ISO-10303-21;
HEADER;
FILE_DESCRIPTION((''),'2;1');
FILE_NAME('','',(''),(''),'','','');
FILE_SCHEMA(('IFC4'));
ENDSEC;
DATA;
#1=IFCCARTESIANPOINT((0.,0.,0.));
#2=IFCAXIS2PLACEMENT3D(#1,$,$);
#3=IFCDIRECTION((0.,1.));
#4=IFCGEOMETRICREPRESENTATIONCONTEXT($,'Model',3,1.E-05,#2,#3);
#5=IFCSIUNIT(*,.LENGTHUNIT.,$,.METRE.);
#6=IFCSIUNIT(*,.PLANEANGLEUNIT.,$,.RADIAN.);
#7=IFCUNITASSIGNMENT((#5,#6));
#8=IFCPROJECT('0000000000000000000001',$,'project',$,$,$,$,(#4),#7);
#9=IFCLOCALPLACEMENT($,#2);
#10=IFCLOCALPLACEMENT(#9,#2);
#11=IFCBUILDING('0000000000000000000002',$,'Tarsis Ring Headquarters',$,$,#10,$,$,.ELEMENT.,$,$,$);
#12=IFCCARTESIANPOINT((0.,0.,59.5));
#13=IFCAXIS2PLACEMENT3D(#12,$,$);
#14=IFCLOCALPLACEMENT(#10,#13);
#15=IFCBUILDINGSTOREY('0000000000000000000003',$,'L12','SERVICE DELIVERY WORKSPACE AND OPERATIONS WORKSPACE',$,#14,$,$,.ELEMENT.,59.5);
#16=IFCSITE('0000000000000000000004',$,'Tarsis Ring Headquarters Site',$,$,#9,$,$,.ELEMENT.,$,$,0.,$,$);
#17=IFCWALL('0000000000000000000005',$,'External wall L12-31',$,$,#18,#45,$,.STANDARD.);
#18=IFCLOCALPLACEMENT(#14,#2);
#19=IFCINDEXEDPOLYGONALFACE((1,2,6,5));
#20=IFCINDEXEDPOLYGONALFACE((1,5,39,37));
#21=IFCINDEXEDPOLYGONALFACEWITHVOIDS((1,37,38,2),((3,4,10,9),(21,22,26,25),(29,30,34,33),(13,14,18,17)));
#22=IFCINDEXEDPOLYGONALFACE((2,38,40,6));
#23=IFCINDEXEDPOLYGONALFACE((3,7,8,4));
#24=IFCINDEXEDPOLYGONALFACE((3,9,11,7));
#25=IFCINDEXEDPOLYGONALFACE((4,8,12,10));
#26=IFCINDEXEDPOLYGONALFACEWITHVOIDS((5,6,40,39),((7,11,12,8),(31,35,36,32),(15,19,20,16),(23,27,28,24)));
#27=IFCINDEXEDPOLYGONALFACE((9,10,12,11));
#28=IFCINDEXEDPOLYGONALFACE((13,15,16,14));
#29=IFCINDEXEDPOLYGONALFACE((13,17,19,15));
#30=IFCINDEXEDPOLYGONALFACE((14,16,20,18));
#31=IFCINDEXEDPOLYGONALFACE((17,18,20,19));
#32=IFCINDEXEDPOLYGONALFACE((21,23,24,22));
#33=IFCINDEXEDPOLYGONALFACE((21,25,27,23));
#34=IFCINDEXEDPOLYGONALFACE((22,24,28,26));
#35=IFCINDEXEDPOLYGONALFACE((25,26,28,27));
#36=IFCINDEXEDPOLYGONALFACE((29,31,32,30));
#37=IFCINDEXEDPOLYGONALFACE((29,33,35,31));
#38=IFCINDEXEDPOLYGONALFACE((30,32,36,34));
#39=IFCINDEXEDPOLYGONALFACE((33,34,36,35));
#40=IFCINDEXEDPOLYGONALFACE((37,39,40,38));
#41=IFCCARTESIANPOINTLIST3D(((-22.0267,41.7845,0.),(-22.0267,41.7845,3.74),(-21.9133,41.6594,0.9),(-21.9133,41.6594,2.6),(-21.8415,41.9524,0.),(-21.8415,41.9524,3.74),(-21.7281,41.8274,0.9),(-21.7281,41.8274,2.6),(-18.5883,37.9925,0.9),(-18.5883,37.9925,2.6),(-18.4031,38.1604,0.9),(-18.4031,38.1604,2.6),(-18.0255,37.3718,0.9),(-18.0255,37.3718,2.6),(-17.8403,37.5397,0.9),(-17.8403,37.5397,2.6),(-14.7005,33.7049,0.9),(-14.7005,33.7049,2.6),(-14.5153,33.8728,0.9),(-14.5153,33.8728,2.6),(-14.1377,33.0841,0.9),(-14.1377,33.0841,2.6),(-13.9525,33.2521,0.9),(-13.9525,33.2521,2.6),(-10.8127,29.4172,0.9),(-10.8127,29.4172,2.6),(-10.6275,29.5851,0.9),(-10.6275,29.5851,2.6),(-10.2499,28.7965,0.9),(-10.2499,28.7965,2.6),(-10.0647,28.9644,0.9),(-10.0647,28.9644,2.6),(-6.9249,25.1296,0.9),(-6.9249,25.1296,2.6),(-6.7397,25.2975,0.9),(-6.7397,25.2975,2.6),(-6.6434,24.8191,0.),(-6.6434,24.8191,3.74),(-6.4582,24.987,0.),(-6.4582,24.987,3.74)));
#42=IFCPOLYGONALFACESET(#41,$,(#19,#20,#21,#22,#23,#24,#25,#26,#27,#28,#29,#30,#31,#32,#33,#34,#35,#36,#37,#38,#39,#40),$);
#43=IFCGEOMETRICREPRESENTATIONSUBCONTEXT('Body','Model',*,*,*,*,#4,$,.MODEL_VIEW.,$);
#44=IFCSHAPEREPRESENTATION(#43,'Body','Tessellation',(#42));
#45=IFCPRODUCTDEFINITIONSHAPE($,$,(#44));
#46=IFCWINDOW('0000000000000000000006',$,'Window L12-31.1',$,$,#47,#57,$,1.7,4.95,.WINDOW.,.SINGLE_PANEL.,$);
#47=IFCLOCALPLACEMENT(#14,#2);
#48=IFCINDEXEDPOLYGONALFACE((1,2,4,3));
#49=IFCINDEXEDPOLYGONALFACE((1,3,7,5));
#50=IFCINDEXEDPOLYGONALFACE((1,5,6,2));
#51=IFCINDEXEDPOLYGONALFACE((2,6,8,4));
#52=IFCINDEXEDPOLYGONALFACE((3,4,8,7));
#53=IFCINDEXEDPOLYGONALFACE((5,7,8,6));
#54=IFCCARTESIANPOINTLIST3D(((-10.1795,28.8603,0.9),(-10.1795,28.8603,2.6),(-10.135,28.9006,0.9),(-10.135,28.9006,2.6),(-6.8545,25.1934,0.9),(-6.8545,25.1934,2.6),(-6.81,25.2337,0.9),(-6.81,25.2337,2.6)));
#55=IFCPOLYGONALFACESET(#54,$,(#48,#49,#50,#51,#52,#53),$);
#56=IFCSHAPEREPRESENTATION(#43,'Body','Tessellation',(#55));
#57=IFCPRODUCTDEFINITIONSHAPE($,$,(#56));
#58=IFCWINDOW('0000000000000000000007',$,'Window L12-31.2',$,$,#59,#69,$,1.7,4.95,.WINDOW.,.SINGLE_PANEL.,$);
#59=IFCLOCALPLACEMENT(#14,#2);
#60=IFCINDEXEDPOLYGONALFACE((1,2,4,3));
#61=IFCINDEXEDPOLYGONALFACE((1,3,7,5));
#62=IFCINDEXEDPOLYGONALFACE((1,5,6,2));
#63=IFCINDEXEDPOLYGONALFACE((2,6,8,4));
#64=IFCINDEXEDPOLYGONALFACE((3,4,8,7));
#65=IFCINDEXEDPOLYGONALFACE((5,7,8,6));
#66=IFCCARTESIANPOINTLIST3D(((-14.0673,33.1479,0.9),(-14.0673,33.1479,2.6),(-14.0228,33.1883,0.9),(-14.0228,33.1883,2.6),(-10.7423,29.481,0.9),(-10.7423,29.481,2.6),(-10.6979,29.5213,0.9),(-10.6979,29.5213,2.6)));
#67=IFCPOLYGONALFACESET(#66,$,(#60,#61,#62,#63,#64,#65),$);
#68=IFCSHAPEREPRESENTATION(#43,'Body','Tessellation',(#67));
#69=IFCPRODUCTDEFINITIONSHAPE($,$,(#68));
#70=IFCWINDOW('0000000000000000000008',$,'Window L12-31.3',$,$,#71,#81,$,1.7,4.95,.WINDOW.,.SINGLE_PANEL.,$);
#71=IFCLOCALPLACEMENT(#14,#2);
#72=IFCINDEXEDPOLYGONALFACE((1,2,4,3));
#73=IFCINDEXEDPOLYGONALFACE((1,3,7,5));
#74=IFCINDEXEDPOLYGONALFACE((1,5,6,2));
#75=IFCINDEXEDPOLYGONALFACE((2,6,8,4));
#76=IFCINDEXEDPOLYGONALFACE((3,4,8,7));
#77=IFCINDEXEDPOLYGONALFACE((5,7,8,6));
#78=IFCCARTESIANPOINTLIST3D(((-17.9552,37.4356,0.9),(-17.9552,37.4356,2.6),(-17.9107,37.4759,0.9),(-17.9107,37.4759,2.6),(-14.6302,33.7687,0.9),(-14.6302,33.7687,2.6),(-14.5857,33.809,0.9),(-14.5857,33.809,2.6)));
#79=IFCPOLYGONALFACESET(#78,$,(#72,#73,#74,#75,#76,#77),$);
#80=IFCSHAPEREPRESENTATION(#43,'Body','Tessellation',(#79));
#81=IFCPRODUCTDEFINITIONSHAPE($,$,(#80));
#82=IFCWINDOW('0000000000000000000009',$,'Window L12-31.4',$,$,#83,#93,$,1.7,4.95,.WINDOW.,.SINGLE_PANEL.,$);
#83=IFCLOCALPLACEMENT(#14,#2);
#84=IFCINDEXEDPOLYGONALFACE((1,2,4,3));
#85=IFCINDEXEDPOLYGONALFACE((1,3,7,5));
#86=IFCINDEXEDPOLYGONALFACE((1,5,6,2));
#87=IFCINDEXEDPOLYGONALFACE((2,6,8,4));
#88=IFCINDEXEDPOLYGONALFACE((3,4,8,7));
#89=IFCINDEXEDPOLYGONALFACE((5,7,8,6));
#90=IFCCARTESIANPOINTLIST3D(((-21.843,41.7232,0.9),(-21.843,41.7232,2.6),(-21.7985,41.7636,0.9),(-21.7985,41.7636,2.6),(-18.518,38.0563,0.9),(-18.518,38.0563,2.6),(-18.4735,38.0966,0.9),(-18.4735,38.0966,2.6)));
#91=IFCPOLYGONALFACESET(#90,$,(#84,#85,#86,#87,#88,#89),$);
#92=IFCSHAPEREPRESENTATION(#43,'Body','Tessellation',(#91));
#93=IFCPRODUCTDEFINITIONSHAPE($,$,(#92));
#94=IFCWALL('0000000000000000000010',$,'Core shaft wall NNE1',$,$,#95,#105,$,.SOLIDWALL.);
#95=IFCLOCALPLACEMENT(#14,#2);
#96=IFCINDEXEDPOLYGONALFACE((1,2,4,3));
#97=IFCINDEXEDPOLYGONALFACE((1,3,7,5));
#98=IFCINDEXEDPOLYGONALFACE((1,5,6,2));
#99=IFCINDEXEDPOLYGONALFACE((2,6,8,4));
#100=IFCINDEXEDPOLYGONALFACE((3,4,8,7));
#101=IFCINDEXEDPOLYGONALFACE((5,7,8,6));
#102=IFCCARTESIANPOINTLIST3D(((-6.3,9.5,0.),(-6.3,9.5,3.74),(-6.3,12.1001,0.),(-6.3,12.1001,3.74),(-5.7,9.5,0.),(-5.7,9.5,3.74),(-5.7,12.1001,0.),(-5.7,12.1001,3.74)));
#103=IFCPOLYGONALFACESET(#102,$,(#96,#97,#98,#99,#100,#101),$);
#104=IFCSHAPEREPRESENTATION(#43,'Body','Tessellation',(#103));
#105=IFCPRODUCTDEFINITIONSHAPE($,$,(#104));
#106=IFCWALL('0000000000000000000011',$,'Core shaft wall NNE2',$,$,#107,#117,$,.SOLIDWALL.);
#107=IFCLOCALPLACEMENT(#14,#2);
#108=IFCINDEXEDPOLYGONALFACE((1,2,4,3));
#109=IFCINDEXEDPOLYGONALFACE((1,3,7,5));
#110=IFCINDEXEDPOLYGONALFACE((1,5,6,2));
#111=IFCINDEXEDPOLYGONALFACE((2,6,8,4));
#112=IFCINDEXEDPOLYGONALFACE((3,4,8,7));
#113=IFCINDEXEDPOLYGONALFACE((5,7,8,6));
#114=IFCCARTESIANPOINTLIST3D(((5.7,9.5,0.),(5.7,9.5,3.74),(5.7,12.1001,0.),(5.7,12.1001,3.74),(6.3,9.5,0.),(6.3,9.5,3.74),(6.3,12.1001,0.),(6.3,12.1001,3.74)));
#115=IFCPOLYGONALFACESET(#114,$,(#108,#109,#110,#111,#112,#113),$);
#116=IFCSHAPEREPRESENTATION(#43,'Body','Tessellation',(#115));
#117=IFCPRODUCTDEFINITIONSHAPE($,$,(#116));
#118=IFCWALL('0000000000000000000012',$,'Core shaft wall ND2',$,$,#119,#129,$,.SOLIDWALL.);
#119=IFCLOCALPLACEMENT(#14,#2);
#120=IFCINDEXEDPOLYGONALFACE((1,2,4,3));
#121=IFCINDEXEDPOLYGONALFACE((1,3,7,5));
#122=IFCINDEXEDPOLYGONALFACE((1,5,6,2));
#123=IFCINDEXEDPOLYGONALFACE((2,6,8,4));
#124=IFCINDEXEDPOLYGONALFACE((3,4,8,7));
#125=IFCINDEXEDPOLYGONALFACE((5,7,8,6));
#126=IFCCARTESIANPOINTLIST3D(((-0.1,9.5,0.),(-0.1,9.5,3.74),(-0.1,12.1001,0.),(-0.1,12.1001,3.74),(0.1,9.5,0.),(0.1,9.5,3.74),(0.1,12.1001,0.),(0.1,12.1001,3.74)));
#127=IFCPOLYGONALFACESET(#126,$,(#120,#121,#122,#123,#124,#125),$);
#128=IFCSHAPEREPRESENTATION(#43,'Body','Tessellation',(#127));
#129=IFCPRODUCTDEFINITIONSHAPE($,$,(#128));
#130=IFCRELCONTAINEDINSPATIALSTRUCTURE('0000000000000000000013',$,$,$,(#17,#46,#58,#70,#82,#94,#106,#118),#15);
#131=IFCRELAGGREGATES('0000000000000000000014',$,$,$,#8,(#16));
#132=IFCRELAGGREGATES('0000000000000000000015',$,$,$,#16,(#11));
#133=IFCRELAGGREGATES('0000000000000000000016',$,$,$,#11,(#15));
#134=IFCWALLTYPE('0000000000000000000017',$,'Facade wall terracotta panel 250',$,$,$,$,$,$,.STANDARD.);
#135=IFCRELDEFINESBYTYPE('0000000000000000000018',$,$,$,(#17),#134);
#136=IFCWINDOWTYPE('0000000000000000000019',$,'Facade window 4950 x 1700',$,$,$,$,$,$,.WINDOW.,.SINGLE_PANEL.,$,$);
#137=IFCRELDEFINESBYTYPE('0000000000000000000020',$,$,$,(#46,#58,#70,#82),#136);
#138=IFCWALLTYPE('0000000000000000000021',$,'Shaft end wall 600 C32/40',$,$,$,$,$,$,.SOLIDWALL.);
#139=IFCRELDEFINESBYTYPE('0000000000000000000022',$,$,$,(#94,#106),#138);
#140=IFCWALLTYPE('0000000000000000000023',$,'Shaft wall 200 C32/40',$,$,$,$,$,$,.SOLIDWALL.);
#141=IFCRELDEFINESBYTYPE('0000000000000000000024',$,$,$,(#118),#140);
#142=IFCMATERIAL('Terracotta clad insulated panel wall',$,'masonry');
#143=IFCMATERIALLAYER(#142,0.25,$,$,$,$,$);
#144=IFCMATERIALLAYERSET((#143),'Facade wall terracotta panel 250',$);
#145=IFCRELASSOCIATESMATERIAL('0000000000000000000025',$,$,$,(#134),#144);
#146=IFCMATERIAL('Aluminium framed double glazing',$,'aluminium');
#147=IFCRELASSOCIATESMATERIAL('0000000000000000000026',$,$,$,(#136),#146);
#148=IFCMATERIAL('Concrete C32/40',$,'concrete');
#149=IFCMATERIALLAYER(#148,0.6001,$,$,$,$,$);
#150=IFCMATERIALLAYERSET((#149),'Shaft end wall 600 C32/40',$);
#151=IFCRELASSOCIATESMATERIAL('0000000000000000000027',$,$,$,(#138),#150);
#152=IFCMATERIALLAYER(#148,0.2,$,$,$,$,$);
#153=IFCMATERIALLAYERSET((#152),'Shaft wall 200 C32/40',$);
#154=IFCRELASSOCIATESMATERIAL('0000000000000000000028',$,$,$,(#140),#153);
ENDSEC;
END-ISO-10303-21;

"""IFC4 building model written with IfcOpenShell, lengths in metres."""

from ifc_helpers import new_model, si_unit, direction, frame, frame_2d, origin, place, context, subcontext, project, spatial, rectangle, extrude, material, layer, layer_set, type_object, element, fill, save


model = new_model("IFC4")

# Units and contexts
model_context = context("Model", 3, precision=1e-05, world=origin(), true_north=direction((0.0, 1.0)))
body_context = subcontext(model_context, "Body", "Model", "MODEL_VIEW")
ifc_project = project(units=[si_unit("LENGTHUNIT", "METRE"), si_unit("PLANEANGLEUNIT", "RADIAN")], contexts=[model_context])

# Site, building, storey
site_placement = place(None, origin())
site = spatial("IfcSite", under=ifc_project, at=site_placement, Name="Tarsis Ring Headquarters Site", CompositionType="ELEMENT", RefElevation=0.0)
building_placement = place(site_placement, origin())
building = spatial("IfcBuilding", under=site, at=building_placement, Name="Tarsis Ring Headquarters", CompositionType="ELEMENT")
storey_placement = place(building_placement, frame((0.0, 0.0, 59.5)))
storey = spatial("IfcBuildingStorey", under=building, at=storey_placement, Name="L12", Description="SERVICE DELIVERY WORKSPACE AND OPERATIONS WORKSPACE", CompositionType="ELEMENT", Elevation=59.5)

# Shared definitions
ifc_material_1 = material(Name="Terracotta clad insulated panel wall", Category="masonry")
ifc_layer_1 = layer(ifc_material_1, 0.25)
ifc_layer_set_1 = layer_set([ifc_layer_1], Name="Facade wall terracotta panel 250")
wall_type_1 = type_object("IfcWallType", Name="Facade wall terracotta panel 250", PredefinedType="STANDARD", material=ifc_layer_set_1)
ifc_material_2 = material(Name="Aluminium framed double glazing", Category="aluminium")

# Wall, openings, windows
wall_1_placement = place(storey_placement, frame((-6.5508, 24.9031, 0.0), z_axis=(0.0, 0.0, 1.0), x_axis=(-0.671722, 0.740803, 0.0)))
wall_1 = element("IfcWall", 1, at=wall_1_placement, inside=storey, type_object=wall_type_1, Name="External wall L12-31", PredefinedType="STANDARD", context=body_context, shape_type="SweptSolid", body=[
    extrude(rectangle(XDim=22.9014, YDim=0.25, at=frame_2d((11.4507, 0.0))), origin(), (0.0, 0.0, 1.0), 3.74),
])
opening_1_placement = place(wall_1_placement, frame((0.4189, 0.0, 0.8999)))
opening_1 = element("IfcOpeningElement", 2, at=opening_1_placement, cuts=wall_1, PredefinedType="OPENING", context=body_context, shape_type="SweptSolid", body=[
    extrude(rectangle(XDim=4.95, YDim=1.7, at=frame_2d((2.4751, 0.8501))), frame((0.0, 0.135, 0.0), z_axis=(0.0, -1.0, 0.0), x_axis=(1.0, 0.0, 0.0)), (0.0, 0.0, 1.0), 0.27),
])
opening_2_placement = place(wall_1_placement, frame((6.2068, 0.0, 0.8999)))
opening_2 = element("IfcOpeningElement", 3, at=opening_2_placement, cuts=wall_1, PredefinedType="OPENING", context=body_context, shape_type="SweptSolid", body=[
    extrude(rectangle(XDim=4.95, YDim=1.7, at=frame_2d((2.4751, 0.8501))), frame((0.0, 0.135, 0.0), z_axis=(0.0, -1.0, 0.0), x_axis=(1.0, 0.0, 0.0)), (0.0, 0.0, 1.0), 0.27),
])
opening_3_placement = place(wall_1_placement, frame((11.9946, 0.0, 0.8999)))
opening_3 = element("IfcOpeningElement", 4, at=opening_3_placement, cuts=wall_1, PredefinedType="OPENING", context=body_context, shape_type="SweptSolid", body=[
    extrude(rectangle(XDim=4.95, YDim=1.7, at=frame_2d((2.4751, 0.8501))), frame((0.0, 0.135, 0.0), z_axis=(0.0, -1.0, 0.0), x_axis=(1.0, 0.0, 0.0)), (0.0, 0.0, 1.0), 0.27),
])
opening_4_placement = place(wall_1_placement, frame((17.7825, 0.0, 0.8999)))
opening_4 = element("IfcOpeningElement", 5, at=opening_4_placement, cuts=wall_1, PredefinedType="OPENING", context=body_context, shape_type="SweptSolid", body=[
    extrude(rectangle(XDim=4.95, YDim=1.7, at=frame_2d((2.4751, 0.8501))), frame((0.0, 0.135, 0.0), z_axis=(0.0, -1.0, 0.0), x_axis=(1.0, 0.0, 0.0)), (0.0, 0.0, 1.0), 0.27),
])
window_type_1 = type_object("IfcWindowType", Name="Facade window 4950 x 1700", PartitioningType="SINGLE_PANEL", PredefinedType="WINDOW", material=ifc_material_2)
window_1_placement = place(opening_1_placement, origin())
window_1 = element("IfcWindow", 6, at=window_1_placement, inside=storey, type_object=window_type_1, Name="Window L12-31.1", OverallHeight=1.7, OverallWidth=4.95, PartitioningType="SINGLE_PANEL", PredefinedType="WINDOW", context=body_context, shape_type="SweptSolid", body=[
    extrude(rectangle(XDim=4.95, YDim=1.7, at=frame_2d((2.4751, 0.8501))), frame((0.0, 0.03, 0.0), z_axis=(0.0, -1.0, 0.0), x_axis=(1.0, 0.0, 0.0)), (0.0, 0.0, 1.0), 0.0601),
])
fill(opening_1, window_1)
window_2_placement = place(opening_2_placement, origin())
window_2 = element("IfcWindow", 7, at=window_2_placement, inside=storey, type_object=window_type_1, Name="Window L12-31.2", OverallHeight=1.7, OverallWidth=4.95, PartitioningType="SINGLE_PANEL", PredefinedType="WINDOW", context=body_context, shape_type="SweptSolid", body=[
    extrude(rectangle(XDim=4.95, YDim=1.7, at=frame_2d((2.4751, 0.8501))), frame((0.0, 0.03, 0.0), z_axis=(0.0, -1.0, 0.0), x_axis=(1.0, 0.0, 0.0)), (0.0, 0.0, 1.0), 0.0601),
])
fill(opening_2, window_2)
window_3_placement = place(opening_3_placement, origin())
window_3 = element("IfcWindow", 8, at=window_3_placement, inside=storey, type_object=window_type_1, Name="Window L12-31.3", OverallHeight=1.7, OverallWidth=4.95, PartitioningType="SINGLE_PANEL", PredefinedType="WINDOW", context=body_context, shape_type="SweptSolid", body=[
    extrude(rectangle(XDim=4.95, YDim=1.7, at=frame_2d((2.4751, 0.8501))), frame((0.0, 0.03, 0.0), z_axis=(0.0, -1.0, 0.0), x_axis=(1.0, 0.0, 0.0)), (0.0, 0.0, 1.0), 0.0601),
])
fill(opening_3, window_3)
window_4_placement = place(opening_4_placement, origin())
window_4 = element("IfcWindow", 9, at=window_4_placement, inside=storey, type_object=window_type_1, Name="Window L12-31.4", OverallHeight=1.7, OverallWidth=4.95, PartitioningType="SINGLE_PANEL", PredefinedType="WINDOW", context=body_context, shape_type="SweptSolid", body=[
    extrude(rectangle(XDim=4.95, YDim=1.7, at=frame_2d((2.4751, 0.8501))), frame((0.0, 0.03, 0.0), z_axis=(0.0, -1.0, 0.0), x_axis=(1.0, 0.0, 0.0)), (0.0, 0.0, 1.0), 0.0601),
])
fill(opening_4, window_4)

# Walls
ifc_material_3 = material(Name="Concrete C32/40", Category="concrete")
ifc_layer_2 = layer(ifc_material_3, 0.6001)
ifc_layer_set_2 = layer_set([ifc_layer_2], Name="Shaft end wall 600 C32/40")
wall_type_2 = type_object("IfcWallType", Name="Shaft end wall 600 C32/40", PredefinedType="SOLIDWALL", material=ifc_layer_set_2)
for number, where, z_axis, x_axis, name in (
    (10, (-6.0, 9.5, 0.0), (0.0, 0.0, 1.0), (0.0, 1.0, 0.0), "Core shaft wall NNE1"),
    (11, (6.0, 9.5, 0.0), (0.0, 0.0, 1.0), (0.0, 1.0, 0.0), "Core shaft wall NNE2"),
):
    element("IfcWall", number, at=place(storey_placement, frame(where, z_axis=z_axis, x_axis=x_axis)), inside=storey, type_object=wall_type_2, Name=name, PredefinedType="SOLIDWALL", context=body_context, shape_type="SweptSolid", body=[
        extrude(rectangle(XDim=2.6001, YDim=0.6001, at=frame_2d((1.3, 0.0))), origin(), (0.0, 0.0, 1.0), 3.74),
    ])
ifc_layer_3 = layer(ifc_material_3, 0.2)
ifc_layer_set_3 = layer_set([ifc_layer_3], Name="Shaft wall 200 C32/40")
wall_type_3 = type_object("IfcWallType", Name="Shaft wall 200 C32/40", PredefinedType="SOLIDWALL", material=ifc_layer_set_3)
wall_2_placement = place(storey_placement, frame((0.0, 9.5, 0.0), z_axis=(0.0, 0.0, 1.0), x_axis=(0.0, 1.0, 0.0)))
element("IfcWall", 12, at=wall_2_placement, inside=storey, type_object=wall_type_3, Name="Core shaft wall ND2", PredefinedType="SOLIDWALL", context=body_context, shape_type="SweptSolid", body=[
    extrude(rectangle(XDim=2.6001, YDim=0.2, at=frame_2d((1.3, 0.0))), origin(), (0.0, 0.0, 1.0), 3.74),
])

save(model, "model.ifc")
